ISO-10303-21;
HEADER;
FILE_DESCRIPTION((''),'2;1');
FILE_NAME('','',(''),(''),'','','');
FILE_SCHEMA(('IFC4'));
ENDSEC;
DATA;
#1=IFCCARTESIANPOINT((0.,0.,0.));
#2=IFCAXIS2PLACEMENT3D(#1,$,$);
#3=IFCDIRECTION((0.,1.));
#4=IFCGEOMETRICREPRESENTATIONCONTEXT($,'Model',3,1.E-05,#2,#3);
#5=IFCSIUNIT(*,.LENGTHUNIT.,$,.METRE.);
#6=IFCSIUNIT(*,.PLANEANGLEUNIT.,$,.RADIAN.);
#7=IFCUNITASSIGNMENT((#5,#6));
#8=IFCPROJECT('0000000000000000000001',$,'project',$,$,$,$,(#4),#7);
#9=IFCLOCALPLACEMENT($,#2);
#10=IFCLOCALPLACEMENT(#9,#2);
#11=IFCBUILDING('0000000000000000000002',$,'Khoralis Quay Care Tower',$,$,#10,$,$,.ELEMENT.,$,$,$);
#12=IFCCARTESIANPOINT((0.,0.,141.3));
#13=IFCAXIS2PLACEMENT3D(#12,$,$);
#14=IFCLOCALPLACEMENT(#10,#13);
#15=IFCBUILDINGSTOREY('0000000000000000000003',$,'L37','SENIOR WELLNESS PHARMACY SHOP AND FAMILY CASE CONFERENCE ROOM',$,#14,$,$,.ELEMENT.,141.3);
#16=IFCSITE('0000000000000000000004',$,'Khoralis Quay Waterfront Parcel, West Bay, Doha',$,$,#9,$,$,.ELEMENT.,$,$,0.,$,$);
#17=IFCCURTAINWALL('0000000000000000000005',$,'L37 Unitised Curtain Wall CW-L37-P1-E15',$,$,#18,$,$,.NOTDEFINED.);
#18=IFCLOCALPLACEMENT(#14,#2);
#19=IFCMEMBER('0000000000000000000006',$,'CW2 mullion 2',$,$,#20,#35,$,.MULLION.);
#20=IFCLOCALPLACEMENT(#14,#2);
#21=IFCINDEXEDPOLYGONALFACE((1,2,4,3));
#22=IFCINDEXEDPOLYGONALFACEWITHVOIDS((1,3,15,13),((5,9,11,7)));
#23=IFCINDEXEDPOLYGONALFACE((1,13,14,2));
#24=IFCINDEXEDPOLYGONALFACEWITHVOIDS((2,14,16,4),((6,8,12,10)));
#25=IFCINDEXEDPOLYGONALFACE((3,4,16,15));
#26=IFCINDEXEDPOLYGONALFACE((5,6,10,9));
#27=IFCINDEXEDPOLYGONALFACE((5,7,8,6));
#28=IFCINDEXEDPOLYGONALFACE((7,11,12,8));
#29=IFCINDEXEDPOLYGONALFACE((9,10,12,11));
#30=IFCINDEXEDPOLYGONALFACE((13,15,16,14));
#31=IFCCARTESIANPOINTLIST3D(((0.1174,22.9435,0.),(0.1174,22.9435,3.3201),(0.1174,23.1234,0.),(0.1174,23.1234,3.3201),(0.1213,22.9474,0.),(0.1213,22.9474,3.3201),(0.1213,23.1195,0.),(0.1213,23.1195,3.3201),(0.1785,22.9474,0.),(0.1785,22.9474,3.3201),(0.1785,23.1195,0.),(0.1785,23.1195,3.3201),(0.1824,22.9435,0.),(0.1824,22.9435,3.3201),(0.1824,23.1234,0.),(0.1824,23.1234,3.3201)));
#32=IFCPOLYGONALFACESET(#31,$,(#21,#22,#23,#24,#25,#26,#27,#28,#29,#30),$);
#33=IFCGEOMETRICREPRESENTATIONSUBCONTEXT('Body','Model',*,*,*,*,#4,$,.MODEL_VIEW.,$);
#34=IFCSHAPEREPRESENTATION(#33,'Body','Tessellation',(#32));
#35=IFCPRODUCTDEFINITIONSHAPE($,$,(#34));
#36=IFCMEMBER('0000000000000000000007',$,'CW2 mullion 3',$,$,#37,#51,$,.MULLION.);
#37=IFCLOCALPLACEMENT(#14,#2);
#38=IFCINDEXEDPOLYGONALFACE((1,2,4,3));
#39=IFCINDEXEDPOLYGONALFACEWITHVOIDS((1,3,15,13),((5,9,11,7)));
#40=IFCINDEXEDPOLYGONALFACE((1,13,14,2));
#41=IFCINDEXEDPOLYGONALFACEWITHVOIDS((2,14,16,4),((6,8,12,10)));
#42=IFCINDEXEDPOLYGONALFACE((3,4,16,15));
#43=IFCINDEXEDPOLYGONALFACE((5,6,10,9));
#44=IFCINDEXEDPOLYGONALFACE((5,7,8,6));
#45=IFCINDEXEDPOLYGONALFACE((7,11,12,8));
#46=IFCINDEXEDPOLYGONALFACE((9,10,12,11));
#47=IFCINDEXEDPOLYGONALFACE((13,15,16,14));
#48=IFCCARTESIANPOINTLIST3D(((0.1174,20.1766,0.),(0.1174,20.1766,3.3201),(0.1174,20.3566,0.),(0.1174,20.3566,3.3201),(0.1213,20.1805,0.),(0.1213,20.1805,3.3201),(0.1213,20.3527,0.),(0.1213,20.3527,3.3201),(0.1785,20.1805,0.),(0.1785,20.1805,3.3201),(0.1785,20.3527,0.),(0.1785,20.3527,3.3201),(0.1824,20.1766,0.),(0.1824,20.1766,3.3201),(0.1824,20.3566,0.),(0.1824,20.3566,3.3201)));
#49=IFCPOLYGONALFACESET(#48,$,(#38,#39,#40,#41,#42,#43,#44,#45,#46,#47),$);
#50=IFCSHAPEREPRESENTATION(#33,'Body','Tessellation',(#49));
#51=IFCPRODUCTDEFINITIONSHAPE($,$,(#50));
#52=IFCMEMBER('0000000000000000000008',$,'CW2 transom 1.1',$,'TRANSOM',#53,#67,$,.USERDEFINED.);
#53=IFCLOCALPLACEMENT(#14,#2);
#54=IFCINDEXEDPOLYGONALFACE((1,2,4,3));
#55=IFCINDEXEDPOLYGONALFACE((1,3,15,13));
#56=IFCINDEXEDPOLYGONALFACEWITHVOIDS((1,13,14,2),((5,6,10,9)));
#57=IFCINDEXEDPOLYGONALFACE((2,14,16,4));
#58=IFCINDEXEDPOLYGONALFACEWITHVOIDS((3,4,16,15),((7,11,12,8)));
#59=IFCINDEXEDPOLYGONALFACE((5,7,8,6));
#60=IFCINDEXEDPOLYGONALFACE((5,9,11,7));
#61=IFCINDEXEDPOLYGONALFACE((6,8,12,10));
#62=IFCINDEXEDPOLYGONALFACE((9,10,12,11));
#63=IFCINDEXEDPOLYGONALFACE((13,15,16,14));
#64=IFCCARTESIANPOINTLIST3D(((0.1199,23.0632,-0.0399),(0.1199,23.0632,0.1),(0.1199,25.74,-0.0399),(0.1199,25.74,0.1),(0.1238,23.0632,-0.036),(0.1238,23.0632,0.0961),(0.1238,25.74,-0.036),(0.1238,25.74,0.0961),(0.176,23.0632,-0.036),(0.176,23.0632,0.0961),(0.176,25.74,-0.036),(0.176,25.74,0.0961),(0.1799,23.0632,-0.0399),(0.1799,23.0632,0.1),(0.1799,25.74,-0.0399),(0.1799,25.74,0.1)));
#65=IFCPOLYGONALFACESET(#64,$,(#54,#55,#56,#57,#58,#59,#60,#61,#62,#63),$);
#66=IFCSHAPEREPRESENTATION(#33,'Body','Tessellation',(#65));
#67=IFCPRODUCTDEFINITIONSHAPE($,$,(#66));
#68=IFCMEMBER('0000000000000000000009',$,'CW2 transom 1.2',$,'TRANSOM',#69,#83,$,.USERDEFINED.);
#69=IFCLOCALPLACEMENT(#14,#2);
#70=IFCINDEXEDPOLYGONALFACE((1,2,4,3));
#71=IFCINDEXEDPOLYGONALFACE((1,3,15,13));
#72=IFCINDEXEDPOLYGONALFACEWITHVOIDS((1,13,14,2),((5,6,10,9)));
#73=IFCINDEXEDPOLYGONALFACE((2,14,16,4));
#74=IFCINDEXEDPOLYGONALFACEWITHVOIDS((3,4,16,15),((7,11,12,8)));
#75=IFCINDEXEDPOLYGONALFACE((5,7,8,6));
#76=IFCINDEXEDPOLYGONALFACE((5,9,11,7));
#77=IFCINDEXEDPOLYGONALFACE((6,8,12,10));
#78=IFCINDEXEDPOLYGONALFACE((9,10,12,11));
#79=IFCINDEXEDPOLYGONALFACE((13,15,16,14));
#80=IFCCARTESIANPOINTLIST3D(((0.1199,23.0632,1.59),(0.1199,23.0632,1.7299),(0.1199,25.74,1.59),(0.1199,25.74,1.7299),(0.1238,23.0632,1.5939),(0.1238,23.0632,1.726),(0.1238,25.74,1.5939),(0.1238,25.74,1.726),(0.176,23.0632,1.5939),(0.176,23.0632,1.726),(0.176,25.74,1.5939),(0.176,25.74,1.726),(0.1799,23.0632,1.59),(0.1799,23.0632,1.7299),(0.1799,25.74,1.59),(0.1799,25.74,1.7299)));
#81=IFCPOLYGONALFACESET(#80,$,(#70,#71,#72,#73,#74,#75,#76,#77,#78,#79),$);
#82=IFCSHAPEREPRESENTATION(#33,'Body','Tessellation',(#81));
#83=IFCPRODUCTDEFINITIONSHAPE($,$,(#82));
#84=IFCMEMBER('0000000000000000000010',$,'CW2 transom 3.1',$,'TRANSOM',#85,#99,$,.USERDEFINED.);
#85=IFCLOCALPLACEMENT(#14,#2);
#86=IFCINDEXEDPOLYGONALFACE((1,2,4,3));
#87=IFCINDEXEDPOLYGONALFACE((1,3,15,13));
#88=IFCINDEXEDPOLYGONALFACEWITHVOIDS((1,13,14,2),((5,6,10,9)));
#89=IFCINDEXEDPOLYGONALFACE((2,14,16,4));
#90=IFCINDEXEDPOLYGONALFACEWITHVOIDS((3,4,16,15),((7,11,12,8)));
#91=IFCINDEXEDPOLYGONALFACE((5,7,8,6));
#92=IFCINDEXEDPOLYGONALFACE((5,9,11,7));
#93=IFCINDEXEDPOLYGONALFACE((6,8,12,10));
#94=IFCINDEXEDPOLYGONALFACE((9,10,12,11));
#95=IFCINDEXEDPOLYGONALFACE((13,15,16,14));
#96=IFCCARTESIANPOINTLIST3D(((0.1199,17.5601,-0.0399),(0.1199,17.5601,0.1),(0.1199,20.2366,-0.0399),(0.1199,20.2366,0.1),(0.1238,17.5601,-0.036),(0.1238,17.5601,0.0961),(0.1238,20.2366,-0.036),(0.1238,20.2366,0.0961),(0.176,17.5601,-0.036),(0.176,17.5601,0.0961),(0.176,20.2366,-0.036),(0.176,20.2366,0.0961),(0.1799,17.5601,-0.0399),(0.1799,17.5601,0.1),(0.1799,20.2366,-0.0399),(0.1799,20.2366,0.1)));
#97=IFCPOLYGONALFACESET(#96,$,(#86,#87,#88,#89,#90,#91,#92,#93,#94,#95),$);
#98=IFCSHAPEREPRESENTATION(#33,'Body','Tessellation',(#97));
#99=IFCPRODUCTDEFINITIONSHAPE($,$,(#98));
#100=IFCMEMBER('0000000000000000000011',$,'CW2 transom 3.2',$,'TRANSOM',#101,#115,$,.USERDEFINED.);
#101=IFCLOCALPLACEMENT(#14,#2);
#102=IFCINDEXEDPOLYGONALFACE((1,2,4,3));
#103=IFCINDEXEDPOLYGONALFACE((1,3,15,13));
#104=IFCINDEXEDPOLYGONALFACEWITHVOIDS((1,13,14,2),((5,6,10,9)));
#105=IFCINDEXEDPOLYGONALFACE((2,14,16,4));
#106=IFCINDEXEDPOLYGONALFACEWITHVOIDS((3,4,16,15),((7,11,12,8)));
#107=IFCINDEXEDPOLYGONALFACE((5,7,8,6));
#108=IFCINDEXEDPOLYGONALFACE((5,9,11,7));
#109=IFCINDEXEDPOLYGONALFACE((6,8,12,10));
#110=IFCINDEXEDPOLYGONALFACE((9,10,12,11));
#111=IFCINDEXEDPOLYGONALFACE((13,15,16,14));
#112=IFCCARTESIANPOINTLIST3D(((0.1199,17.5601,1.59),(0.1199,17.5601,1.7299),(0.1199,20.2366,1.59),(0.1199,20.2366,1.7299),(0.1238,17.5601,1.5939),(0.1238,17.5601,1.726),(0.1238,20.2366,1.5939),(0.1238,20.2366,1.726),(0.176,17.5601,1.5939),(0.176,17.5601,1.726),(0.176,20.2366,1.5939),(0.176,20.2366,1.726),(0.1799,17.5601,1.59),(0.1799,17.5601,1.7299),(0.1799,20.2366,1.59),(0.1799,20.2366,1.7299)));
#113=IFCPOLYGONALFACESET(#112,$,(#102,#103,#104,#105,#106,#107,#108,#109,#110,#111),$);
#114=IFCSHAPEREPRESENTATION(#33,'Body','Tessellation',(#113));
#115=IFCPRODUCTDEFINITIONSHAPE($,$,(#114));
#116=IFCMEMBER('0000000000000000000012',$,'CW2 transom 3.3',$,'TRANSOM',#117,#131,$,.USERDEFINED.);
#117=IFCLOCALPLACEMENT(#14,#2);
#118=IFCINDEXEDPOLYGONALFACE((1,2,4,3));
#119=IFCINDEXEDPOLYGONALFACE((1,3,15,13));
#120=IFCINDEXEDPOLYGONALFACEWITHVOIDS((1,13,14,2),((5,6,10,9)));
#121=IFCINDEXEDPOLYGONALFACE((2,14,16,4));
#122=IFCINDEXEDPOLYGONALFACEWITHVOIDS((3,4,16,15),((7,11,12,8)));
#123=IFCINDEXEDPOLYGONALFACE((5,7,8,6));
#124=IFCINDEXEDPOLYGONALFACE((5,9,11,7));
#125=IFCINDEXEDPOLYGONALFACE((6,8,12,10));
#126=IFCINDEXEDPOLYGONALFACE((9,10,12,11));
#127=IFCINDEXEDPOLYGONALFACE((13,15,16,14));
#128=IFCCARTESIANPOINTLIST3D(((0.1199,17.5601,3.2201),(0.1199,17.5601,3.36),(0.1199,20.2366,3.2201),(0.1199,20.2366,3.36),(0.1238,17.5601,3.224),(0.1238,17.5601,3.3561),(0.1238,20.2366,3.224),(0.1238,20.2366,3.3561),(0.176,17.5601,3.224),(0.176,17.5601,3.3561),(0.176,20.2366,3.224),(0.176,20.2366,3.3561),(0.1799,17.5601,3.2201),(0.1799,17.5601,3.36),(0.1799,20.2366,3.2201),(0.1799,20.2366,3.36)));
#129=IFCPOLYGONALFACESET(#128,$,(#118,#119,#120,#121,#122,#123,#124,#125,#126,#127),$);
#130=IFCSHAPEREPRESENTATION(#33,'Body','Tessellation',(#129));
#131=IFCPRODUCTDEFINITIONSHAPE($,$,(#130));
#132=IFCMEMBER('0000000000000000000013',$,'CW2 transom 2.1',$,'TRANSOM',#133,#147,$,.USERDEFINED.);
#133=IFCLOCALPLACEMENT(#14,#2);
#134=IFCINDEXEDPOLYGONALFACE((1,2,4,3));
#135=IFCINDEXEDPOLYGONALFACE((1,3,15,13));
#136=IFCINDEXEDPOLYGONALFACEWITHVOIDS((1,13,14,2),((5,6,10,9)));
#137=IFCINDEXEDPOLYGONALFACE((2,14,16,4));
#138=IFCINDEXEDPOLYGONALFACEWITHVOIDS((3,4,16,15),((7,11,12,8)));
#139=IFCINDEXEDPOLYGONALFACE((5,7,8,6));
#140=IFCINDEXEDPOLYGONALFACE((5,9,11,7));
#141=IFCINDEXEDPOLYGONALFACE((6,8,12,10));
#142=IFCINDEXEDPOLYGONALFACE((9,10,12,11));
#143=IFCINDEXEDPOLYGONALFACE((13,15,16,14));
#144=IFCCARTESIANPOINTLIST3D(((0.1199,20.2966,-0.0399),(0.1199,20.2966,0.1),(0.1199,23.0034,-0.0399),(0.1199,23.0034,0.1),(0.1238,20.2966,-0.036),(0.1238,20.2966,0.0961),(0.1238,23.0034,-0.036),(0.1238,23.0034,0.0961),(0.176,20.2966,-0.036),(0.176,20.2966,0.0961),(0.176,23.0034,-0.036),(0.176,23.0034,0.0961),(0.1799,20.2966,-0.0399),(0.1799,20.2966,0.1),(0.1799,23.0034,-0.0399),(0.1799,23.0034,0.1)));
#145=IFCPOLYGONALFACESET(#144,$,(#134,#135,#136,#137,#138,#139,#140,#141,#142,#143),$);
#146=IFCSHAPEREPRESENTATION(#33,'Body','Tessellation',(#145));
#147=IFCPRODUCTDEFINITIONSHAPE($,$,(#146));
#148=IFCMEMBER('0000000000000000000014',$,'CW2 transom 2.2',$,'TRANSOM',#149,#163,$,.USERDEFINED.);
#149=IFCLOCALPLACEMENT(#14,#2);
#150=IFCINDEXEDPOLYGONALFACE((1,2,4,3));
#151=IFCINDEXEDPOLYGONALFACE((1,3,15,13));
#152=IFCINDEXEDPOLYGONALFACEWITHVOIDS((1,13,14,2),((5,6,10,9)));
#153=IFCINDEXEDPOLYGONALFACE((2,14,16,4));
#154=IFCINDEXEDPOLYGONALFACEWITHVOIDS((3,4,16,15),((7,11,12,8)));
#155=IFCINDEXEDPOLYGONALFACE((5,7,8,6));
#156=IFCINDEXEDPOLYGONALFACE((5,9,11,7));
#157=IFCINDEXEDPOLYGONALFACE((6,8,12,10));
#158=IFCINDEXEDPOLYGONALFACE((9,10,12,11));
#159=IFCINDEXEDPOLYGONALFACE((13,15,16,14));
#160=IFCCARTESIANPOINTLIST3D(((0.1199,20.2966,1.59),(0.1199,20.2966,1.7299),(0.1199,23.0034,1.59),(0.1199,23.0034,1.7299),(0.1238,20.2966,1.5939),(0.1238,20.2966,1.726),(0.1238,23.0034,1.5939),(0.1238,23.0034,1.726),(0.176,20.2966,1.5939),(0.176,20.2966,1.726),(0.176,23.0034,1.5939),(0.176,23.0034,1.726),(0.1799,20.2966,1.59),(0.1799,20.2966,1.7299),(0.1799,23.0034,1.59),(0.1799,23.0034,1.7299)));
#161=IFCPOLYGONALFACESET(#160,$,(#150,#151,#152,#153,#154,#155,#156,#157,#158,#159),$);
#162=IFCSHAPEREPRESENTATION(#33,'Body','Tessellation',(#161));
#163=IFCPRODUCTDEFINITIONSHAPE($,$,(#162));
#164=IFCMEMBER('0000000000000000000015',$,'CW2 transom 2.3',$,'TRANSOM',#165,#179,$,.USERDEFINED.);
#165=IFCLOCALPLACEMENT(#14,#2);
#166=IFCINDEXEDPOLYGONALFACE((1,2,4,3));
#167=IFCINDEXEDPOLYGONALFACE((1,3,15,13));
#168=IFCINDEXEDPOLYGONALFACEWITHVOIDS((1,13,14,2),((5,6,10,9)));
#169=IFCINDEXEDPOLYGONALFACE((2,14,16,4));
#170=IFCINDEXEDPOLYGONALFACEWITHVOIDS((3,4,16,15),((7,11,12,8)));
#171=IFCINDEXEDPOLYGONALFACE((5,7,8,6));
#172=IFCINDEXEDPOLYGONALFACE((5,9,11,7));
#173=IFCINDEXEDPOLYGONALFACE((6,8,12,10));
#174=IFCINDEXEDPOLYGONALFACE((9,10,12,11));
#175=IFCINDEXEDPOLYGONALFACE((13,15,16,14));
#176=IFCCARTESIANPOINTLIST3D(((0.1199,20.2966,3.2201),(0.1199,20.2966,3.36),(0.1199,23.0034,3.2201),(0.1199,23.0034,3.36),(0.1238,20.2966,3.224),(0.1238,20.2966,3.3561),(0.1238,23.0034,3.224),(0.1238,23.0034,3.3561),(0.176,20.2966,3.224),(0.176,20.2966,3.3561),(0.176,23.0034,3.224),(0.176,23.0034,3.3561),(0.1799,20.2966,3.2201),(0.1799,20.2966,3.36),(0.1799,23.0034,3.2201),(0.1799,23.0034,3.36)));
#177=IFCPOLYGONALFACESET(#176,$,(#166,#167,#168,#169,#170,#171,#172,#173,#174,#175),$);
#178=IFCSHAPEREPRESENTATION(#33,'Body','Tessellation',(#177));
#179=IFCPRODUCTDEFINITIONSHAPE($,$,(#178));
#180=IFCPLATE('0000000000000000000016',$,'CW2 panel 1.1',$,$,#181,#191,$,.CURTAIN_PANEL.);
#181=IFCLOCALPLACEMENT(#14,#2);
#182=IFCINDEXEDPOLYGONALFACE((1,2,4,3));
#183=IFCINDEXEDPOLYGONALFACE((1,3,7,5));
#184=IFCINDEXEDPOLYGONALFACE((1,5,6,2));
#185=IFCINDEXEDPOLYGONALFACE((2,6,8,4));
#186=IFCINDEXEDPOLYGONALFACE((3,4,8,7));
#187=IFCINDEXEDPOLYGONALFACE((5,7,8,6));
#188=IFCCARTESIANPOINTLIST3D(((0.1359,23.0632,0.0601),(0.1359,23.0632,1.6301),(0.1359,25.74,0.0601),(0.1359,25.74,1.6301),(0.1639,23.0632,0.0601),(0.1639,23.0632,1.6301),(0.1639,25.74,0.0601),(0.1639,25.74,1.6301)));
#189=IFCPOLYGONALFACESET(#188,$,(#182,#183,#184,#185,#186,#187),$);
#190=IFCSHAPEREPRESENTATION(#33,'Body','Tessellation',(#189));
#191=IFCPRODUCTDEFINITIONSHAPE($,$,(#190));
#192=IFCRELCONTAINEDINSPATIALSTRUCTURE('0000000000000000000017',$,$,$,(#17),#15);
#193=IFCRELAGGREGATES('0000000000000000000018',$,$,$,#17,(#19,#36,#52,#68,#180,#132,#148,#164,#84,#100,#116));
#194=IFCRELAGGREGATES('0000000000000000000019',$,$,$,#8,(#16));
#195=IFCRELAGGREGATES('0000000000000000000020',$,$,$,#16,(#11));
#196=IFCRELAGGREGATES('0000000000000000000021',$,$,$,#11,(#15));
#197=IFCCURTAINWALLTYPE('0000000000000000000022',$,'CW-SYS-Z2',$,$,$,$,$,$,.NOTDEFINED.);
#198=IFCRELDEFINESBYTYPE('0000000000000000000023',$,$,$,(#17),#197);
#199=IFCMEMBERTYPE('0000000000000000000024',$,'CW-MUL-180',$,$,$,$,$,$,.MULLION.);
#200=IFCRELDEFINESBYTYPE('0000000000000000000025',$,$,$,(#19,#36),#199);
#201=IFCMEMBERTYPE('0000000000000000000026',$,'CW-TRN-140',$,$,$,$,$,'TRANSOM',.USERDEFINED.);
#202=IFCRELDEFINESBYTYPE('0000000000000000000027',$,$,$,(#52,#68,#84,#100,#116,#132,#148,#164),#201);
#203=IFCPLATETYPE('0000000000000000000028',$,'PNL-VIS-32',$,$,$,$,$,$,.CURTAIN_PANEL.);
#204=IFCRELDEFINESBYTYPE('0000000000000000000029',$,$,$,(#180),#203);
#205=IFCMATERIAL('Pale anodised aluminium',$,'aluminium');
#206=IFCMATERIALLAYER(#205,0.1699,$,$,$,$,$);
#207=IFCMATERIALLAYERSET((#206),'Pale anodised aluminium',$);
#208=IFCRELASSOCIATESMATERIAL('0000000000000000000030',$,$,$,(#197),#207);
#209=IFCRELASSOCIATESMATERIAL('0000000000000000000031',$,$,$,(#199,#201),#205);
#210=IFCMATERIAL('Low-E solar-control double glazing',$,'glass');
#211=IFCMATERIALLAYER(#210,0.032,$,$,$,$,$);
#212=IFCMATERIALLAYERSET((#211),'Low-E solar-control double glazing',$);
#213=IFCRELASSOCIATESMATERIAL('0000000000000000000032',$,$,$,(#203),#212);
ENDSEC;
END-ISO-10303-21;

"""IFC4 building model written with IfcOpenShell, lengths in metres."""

from ifc_helpers import new_model, si_unit, direction, frame, origin, origin_2d, place, context, subcontext, project, spatial, rectangle, hollow_rectangle, extrude, source, transform, mapped, material, layer, layer_set, material_profile, profile_set, type_object, element, aggregate, save


model = new_model("IFC4")

# Units and contexts
model_context = context("Model", 3, precision=1e-05, world=origin(), true_north=direction((0.0, 1.0)))
body_context = subcontext(model_context, "Body", "Model", "MODEL_VIEW")
ifc_project = project(units=[si_unit("LENGTHUNIT", "METRE"), si_unit("PLANEANGLEUNIT", "RADIAN")], contexts=[model_context])

# Site, building, storey
site_placement = place(None, origin())
site = spatial("IfcSite", under=ifc_project, at=site_placement, Name="Khoralis Quay Waterfront Parcel, West Bay, Doha", CompositionType="ELEMENT", RefElevation=0.0)
building_placement = place(site_placement, origin())
building = spatial("IfcBuilding", under=site, at=building_placement, Name="Khoralis Quay Care Tower", CompositionType="ELEMENT")
storey_placement = place(building_placement, frame((0.0, 0.0, 141.3)))
storey = spatial("IfcBuildingStorey", under=building, at=storey_placement, Name="L37", Description="SENIOR WELLNESS PHARMACY SHOP AND FAMILY CASE CONFERENCE ROOM", CompositionType="ELEMENT", Elevation=141.3)

# Curtain wall, members, plate
ifc_material_1 = material(Name="Pale anodised aluminium", Category="aluminium")
ifc_layer_1 = layer(ifc_material_1, 0.1699)
ifc_layer_set_1 = layer_set([ifc_layer_1], Name="Pale anodised aluminium")
curtain_wall_type = type_object("IfcCurtainWallType", Name="CW-SYS-Z2", PredefinedType="NOTDEFINED", material=ifc_layer_set_1)
curtain_wall_placement = place(storey_placement, origin())
curtain_wall = element("IfcCurtainWall", 1, at=curtain_wall_placement, inside=storey, type_object=curtain_wall_type, Name="L37 Unitised Curtain Wall CW-L37-P1-E15", PredefinedType="NOTDEFINED")
ifc_material_profile_1 = material_profile(ifc_material_1, hollow_rectangle(XDim=0.0649, YDim=0.1799, WallThickness=0.0039, at=origin_2d()), Name="Pale anodised aluminium")
ifc_profile_set_1 = profile_set([ifc_material_profile_1], Name="Pale anodised aluminium")
member_type_1 = type_object("IfcMemberType", Name="CW-MUL-180", PredefinedType="MULLION", material=ifc_profile_set_1)
shared_shape_1 = source(origin(), body_context, "Body", "SweptSolid", [
    extrude(hollow_rectangle(XDim=0.0649, YDim=0.1799, WallThickness=0.0039, at=origin_2d()), origin(), (0.0, 0.0, 1.0), 3.3201),
])
member_1_placement = place(storey_placement, frame((0.1499, 23.0334, 0.0), z_axis=(0.0, 0.0, 1.0), x_axis=(1.0, 0.0, 0.0)))
member_1 = element("IfcMember", 2, at=member_1_placement, type_object=member_type_1, Name="CW2 mullion 2", PredefinedType="MULLION", context=body_context, shape_type="MappedRepresentation", body=[
    mapped(shared_shape_1, transform((0.0, 0.0, 0.0), scale=1.0)),
])
member_2_placement = place(storey_placement, frame((0.1499, 20.2666, 0.0), z_axis=(0.0, 0.0, 1.0), x_axis=(1.0, 0.0, 0.0)))
member_2 = element("IfcMember", 3, at=member_2_placement, type_object=member_type_1, Name="CW2 mullion 3", PredefinedType="MULLION", context=body_context, shape_type="MappedRepresentation", body=[
    mapped(shared_shape_1, transform((0.0, 0.0, 0.0), scale=1.0)),
])
ifc_material_profile_2 = material_profile(ifc_material_1, hollow_rectangle(XDim=0.0601, YDim=0.1399, WallThickness=0.0039, at=origin_2d()), Name="Pale anodised aluminium")
ifc_profile_set_2 = profile_set([ifc_material_profile_2], Name="Pale anodised aluminium")
member_type_2 = type_object("IfcMemberType", Name="CW-TRN-140", ElementType="TRANSOM", PredefinedType="USERDEFINED", material=ifc_profile_set_2)
shared_shape_2 = source(origin(), body_context, "Body", "SweptSolid", [
    extrude(hollow_rectangle(XDim=0.0601, YDim=0.1399, WallThickness=0.0039, at=origin_2d()), origin(), (0.0, 0.0, 1.0), 2.6768),
])
member_3_placement = place(storey_placement, frame((0.1499, 25.74, 0.03), z_axis=(0.0, -1.0, 0.0), x_axis=(1.0, 0.0, 0.0)))
member_3 = element("IfcMember", 4, at=member_3_placement, type_object=member_type_2, Name="CW2 transom 1.1", ObjectType="TRANSOM", PredefinedType="USERDEFINED", context=body_context, shape_type="MappedRepresentation", body=[
    mapped(shared_shape_2, transform((0.0, 0.0, 0.0), scale=1.0)),
])
member_4_placement = place(storey_placement, frame((0.1499, 25.74, 1.6599), z_axis=(0.0, -1.0, 0.0), x_axis=(1.0, 0.0, 0.0)))
member_4 = element("IfcMember", 5, at=member_4_placement, type_object=member_type_2, Name="CW2 transom 1.2", ObjectType="TRANSOM", PredefinedType="USERDEFINED", context=body_context, shape_type="MappedRepresentation", body=[
    mapped(shared_shape_2, transform((0.0, 0.0, 0.0), scale=1.0)),
])
shared_shape_3 = source(origin(), body_context, "Body", "SweptSolid", [
    extrude(hollow_rectangle(XDim=0.0601, YDim=0.1399, WallThickness=0.0039, at=origin_2d()), origin(), (0.0, 0.0, 1.0), 2.6765),
])
member_5_placement = place(storey_placement, frame((0.1499, 20.2366, 0.03), z_axis=(0.0, -1.0, 0.0), x_axis=(1.0, 0.0, 0.0)))
member_5 = element("IfcMember", 6, at=member_5_placement, type_object=member_type_2, Name="CW2 transom 3.1", ObjectType="TRANSOM", PredefinedType="USERDEFINED", context=body_context, shape_type="MappedRepresentation", body=[
    mapped(shared_shape_3, transform((0.0, 0.0, 0.0), scale=1.0)),
])
member_6_placement = place(storey_placement, frame((0.1499, 20.2366, 1.6599), z_axis=(0.0, -1.0, 0.0), x_axis=(1.0, 0.0, 0.0)))
member_6 = element("IfcMember", 7, at=member_6_placement, type_object=member_type_2, Name="CW2 transom 3.2", ObjectType="TRANSOM", PredefinedType="USERDEFINED", context=body_context, shape_type="MappedRepresentation", body=[
    mapped(shared_shape_3, transform((0.0, 0.0, 0.0), scale=1.0)),
])
member_7_placement = place(storey_placement, frame((0.1499, 20.2366, 3.29), z_axis=(0.0, -1.0, 0.0), x_axis=(1.0, 0.0, 0.0)))
member_7 = element("IfcMember", 8, at=member_7_placement, type_object=member_type_2, Name="CW2 transom 3.3", ObjectType="TRANSOM", PredefinedType="USERDEFINED", context=body_context, shape_type="MappedRepresentation", body=[
    mapped(shared_shape_3, transform((0.0, 0.0, 0.0), scale=1.0)),
])
shared_shape_4 = source(origin(), body_context, "Body", "SweptSolid", [
    extrude(hollow_rectangle(XDim=0.0601, YDim=0.1399, WallThickness=0.0039, at=origin_2d()), origin(), (0.0, 0.0, 1.0), 2.7068),
])
member_8_placement = place(storey_placement, frame((0.1499, 23.0034, 0.03), z_axis=(0.0, -1.0, 0.0), x_axis=(1.0, 0.0, 0.0)))
member_8 = element("IfcMember", 9, at=member_8_placement, type_object=member_type_2, Name="CW2 transom 2.1", ObjectType="TRANSOM", PredefinedType="USERDEFINED", context=body_context, shape_type="MappedRepresentation", body=[
    mapped(shared_shape_4, transform((0.0, 0.0, 0.0), scale=1.0)),
])
member_9_placement = place(storey_placement, frame((0.1499, 23.0034, 1.6599), z_axis=(0.0, -1.0, 0.0), x_axis=(1.0, 0.0, 0.0)))
member_9 = element("IfcMember", 10, at=member_9_placement, type_object=member_type_2, Name="CW2 transom 2.2", ObjectType="TRANSOM", PredefinedType="USERDEFINED", context=body_context, shape_type="MappedRepresentation", body=[
    mapped(shared_shape_4, transform((0.0, 0.0, 0.0), scale=1.0)),
])
member_10_placement = place(storey_placement, frame((0.1499, 23.0034, 3.29), z_axis=(0.0, -1.0, 0.0), x_axis=(1.0, 0.0, 0.0)))
member_10 = element("IfcMember", 11, at=member_10_placement, type_object=member_type_2, Name="CW2 transom 2.3", ObjectType="TRANSOM", PredefinedType="USERDEFINED", context=body_context, shape_type="MappedRepresentation", body=[
    mapped(shared_shape_4, transform((0.0, 0.0, 0.0), scale=1.0)),
])
ifc_material_2 = material(Name="Low-E solar-control double glazing", Category="glass")
ifc_layer_2 = layer(ifc_material_2, 0.032)
ifc_layer_set_2 = layer_set([ifc_layer_2], Name="Low-E solar-control double glazing")
plate_type = type_object("IfcPlateType", Name="PNL-VIS-32", PredefinedType="CURTAIN_PANEL", material=ifc_layer_set_2)
shared_shape_5 = source(origin(), body_context, "Body", "SweptSolid", [
    extrude(rectangle(XDim=2.6768, YDim=0.0281, at=origin_2d()), origin(), (0.0, 0.0, 1.0), 1.5701),
])
plate_1_placement = place(storey_placement, frame((0.1499, 24.4016, 0.0601), z_axis=(0.0, 0.0, 1.0), x_axis=(0.0, -1.0, 0.0)))
plate_1 = element("IfcPlate", 12, at=plate_1_placement, type_object=plate_type, Name="CW2 panel 1.1", PredefinedType="CURTAIN_PANEL", context=body_context, shape_type="MappedRepresentation", body=[
    mapped(shared_shape_5, transform((0.0, 0.0, 0.0), scale=1.0)),
])
aggregate(curtain_wall, [member_1, member_2, member_3, member_4, plate_1, member_8, member_9, member_10, member_5, member_6, member_7])

save(model, "model.ifc")
